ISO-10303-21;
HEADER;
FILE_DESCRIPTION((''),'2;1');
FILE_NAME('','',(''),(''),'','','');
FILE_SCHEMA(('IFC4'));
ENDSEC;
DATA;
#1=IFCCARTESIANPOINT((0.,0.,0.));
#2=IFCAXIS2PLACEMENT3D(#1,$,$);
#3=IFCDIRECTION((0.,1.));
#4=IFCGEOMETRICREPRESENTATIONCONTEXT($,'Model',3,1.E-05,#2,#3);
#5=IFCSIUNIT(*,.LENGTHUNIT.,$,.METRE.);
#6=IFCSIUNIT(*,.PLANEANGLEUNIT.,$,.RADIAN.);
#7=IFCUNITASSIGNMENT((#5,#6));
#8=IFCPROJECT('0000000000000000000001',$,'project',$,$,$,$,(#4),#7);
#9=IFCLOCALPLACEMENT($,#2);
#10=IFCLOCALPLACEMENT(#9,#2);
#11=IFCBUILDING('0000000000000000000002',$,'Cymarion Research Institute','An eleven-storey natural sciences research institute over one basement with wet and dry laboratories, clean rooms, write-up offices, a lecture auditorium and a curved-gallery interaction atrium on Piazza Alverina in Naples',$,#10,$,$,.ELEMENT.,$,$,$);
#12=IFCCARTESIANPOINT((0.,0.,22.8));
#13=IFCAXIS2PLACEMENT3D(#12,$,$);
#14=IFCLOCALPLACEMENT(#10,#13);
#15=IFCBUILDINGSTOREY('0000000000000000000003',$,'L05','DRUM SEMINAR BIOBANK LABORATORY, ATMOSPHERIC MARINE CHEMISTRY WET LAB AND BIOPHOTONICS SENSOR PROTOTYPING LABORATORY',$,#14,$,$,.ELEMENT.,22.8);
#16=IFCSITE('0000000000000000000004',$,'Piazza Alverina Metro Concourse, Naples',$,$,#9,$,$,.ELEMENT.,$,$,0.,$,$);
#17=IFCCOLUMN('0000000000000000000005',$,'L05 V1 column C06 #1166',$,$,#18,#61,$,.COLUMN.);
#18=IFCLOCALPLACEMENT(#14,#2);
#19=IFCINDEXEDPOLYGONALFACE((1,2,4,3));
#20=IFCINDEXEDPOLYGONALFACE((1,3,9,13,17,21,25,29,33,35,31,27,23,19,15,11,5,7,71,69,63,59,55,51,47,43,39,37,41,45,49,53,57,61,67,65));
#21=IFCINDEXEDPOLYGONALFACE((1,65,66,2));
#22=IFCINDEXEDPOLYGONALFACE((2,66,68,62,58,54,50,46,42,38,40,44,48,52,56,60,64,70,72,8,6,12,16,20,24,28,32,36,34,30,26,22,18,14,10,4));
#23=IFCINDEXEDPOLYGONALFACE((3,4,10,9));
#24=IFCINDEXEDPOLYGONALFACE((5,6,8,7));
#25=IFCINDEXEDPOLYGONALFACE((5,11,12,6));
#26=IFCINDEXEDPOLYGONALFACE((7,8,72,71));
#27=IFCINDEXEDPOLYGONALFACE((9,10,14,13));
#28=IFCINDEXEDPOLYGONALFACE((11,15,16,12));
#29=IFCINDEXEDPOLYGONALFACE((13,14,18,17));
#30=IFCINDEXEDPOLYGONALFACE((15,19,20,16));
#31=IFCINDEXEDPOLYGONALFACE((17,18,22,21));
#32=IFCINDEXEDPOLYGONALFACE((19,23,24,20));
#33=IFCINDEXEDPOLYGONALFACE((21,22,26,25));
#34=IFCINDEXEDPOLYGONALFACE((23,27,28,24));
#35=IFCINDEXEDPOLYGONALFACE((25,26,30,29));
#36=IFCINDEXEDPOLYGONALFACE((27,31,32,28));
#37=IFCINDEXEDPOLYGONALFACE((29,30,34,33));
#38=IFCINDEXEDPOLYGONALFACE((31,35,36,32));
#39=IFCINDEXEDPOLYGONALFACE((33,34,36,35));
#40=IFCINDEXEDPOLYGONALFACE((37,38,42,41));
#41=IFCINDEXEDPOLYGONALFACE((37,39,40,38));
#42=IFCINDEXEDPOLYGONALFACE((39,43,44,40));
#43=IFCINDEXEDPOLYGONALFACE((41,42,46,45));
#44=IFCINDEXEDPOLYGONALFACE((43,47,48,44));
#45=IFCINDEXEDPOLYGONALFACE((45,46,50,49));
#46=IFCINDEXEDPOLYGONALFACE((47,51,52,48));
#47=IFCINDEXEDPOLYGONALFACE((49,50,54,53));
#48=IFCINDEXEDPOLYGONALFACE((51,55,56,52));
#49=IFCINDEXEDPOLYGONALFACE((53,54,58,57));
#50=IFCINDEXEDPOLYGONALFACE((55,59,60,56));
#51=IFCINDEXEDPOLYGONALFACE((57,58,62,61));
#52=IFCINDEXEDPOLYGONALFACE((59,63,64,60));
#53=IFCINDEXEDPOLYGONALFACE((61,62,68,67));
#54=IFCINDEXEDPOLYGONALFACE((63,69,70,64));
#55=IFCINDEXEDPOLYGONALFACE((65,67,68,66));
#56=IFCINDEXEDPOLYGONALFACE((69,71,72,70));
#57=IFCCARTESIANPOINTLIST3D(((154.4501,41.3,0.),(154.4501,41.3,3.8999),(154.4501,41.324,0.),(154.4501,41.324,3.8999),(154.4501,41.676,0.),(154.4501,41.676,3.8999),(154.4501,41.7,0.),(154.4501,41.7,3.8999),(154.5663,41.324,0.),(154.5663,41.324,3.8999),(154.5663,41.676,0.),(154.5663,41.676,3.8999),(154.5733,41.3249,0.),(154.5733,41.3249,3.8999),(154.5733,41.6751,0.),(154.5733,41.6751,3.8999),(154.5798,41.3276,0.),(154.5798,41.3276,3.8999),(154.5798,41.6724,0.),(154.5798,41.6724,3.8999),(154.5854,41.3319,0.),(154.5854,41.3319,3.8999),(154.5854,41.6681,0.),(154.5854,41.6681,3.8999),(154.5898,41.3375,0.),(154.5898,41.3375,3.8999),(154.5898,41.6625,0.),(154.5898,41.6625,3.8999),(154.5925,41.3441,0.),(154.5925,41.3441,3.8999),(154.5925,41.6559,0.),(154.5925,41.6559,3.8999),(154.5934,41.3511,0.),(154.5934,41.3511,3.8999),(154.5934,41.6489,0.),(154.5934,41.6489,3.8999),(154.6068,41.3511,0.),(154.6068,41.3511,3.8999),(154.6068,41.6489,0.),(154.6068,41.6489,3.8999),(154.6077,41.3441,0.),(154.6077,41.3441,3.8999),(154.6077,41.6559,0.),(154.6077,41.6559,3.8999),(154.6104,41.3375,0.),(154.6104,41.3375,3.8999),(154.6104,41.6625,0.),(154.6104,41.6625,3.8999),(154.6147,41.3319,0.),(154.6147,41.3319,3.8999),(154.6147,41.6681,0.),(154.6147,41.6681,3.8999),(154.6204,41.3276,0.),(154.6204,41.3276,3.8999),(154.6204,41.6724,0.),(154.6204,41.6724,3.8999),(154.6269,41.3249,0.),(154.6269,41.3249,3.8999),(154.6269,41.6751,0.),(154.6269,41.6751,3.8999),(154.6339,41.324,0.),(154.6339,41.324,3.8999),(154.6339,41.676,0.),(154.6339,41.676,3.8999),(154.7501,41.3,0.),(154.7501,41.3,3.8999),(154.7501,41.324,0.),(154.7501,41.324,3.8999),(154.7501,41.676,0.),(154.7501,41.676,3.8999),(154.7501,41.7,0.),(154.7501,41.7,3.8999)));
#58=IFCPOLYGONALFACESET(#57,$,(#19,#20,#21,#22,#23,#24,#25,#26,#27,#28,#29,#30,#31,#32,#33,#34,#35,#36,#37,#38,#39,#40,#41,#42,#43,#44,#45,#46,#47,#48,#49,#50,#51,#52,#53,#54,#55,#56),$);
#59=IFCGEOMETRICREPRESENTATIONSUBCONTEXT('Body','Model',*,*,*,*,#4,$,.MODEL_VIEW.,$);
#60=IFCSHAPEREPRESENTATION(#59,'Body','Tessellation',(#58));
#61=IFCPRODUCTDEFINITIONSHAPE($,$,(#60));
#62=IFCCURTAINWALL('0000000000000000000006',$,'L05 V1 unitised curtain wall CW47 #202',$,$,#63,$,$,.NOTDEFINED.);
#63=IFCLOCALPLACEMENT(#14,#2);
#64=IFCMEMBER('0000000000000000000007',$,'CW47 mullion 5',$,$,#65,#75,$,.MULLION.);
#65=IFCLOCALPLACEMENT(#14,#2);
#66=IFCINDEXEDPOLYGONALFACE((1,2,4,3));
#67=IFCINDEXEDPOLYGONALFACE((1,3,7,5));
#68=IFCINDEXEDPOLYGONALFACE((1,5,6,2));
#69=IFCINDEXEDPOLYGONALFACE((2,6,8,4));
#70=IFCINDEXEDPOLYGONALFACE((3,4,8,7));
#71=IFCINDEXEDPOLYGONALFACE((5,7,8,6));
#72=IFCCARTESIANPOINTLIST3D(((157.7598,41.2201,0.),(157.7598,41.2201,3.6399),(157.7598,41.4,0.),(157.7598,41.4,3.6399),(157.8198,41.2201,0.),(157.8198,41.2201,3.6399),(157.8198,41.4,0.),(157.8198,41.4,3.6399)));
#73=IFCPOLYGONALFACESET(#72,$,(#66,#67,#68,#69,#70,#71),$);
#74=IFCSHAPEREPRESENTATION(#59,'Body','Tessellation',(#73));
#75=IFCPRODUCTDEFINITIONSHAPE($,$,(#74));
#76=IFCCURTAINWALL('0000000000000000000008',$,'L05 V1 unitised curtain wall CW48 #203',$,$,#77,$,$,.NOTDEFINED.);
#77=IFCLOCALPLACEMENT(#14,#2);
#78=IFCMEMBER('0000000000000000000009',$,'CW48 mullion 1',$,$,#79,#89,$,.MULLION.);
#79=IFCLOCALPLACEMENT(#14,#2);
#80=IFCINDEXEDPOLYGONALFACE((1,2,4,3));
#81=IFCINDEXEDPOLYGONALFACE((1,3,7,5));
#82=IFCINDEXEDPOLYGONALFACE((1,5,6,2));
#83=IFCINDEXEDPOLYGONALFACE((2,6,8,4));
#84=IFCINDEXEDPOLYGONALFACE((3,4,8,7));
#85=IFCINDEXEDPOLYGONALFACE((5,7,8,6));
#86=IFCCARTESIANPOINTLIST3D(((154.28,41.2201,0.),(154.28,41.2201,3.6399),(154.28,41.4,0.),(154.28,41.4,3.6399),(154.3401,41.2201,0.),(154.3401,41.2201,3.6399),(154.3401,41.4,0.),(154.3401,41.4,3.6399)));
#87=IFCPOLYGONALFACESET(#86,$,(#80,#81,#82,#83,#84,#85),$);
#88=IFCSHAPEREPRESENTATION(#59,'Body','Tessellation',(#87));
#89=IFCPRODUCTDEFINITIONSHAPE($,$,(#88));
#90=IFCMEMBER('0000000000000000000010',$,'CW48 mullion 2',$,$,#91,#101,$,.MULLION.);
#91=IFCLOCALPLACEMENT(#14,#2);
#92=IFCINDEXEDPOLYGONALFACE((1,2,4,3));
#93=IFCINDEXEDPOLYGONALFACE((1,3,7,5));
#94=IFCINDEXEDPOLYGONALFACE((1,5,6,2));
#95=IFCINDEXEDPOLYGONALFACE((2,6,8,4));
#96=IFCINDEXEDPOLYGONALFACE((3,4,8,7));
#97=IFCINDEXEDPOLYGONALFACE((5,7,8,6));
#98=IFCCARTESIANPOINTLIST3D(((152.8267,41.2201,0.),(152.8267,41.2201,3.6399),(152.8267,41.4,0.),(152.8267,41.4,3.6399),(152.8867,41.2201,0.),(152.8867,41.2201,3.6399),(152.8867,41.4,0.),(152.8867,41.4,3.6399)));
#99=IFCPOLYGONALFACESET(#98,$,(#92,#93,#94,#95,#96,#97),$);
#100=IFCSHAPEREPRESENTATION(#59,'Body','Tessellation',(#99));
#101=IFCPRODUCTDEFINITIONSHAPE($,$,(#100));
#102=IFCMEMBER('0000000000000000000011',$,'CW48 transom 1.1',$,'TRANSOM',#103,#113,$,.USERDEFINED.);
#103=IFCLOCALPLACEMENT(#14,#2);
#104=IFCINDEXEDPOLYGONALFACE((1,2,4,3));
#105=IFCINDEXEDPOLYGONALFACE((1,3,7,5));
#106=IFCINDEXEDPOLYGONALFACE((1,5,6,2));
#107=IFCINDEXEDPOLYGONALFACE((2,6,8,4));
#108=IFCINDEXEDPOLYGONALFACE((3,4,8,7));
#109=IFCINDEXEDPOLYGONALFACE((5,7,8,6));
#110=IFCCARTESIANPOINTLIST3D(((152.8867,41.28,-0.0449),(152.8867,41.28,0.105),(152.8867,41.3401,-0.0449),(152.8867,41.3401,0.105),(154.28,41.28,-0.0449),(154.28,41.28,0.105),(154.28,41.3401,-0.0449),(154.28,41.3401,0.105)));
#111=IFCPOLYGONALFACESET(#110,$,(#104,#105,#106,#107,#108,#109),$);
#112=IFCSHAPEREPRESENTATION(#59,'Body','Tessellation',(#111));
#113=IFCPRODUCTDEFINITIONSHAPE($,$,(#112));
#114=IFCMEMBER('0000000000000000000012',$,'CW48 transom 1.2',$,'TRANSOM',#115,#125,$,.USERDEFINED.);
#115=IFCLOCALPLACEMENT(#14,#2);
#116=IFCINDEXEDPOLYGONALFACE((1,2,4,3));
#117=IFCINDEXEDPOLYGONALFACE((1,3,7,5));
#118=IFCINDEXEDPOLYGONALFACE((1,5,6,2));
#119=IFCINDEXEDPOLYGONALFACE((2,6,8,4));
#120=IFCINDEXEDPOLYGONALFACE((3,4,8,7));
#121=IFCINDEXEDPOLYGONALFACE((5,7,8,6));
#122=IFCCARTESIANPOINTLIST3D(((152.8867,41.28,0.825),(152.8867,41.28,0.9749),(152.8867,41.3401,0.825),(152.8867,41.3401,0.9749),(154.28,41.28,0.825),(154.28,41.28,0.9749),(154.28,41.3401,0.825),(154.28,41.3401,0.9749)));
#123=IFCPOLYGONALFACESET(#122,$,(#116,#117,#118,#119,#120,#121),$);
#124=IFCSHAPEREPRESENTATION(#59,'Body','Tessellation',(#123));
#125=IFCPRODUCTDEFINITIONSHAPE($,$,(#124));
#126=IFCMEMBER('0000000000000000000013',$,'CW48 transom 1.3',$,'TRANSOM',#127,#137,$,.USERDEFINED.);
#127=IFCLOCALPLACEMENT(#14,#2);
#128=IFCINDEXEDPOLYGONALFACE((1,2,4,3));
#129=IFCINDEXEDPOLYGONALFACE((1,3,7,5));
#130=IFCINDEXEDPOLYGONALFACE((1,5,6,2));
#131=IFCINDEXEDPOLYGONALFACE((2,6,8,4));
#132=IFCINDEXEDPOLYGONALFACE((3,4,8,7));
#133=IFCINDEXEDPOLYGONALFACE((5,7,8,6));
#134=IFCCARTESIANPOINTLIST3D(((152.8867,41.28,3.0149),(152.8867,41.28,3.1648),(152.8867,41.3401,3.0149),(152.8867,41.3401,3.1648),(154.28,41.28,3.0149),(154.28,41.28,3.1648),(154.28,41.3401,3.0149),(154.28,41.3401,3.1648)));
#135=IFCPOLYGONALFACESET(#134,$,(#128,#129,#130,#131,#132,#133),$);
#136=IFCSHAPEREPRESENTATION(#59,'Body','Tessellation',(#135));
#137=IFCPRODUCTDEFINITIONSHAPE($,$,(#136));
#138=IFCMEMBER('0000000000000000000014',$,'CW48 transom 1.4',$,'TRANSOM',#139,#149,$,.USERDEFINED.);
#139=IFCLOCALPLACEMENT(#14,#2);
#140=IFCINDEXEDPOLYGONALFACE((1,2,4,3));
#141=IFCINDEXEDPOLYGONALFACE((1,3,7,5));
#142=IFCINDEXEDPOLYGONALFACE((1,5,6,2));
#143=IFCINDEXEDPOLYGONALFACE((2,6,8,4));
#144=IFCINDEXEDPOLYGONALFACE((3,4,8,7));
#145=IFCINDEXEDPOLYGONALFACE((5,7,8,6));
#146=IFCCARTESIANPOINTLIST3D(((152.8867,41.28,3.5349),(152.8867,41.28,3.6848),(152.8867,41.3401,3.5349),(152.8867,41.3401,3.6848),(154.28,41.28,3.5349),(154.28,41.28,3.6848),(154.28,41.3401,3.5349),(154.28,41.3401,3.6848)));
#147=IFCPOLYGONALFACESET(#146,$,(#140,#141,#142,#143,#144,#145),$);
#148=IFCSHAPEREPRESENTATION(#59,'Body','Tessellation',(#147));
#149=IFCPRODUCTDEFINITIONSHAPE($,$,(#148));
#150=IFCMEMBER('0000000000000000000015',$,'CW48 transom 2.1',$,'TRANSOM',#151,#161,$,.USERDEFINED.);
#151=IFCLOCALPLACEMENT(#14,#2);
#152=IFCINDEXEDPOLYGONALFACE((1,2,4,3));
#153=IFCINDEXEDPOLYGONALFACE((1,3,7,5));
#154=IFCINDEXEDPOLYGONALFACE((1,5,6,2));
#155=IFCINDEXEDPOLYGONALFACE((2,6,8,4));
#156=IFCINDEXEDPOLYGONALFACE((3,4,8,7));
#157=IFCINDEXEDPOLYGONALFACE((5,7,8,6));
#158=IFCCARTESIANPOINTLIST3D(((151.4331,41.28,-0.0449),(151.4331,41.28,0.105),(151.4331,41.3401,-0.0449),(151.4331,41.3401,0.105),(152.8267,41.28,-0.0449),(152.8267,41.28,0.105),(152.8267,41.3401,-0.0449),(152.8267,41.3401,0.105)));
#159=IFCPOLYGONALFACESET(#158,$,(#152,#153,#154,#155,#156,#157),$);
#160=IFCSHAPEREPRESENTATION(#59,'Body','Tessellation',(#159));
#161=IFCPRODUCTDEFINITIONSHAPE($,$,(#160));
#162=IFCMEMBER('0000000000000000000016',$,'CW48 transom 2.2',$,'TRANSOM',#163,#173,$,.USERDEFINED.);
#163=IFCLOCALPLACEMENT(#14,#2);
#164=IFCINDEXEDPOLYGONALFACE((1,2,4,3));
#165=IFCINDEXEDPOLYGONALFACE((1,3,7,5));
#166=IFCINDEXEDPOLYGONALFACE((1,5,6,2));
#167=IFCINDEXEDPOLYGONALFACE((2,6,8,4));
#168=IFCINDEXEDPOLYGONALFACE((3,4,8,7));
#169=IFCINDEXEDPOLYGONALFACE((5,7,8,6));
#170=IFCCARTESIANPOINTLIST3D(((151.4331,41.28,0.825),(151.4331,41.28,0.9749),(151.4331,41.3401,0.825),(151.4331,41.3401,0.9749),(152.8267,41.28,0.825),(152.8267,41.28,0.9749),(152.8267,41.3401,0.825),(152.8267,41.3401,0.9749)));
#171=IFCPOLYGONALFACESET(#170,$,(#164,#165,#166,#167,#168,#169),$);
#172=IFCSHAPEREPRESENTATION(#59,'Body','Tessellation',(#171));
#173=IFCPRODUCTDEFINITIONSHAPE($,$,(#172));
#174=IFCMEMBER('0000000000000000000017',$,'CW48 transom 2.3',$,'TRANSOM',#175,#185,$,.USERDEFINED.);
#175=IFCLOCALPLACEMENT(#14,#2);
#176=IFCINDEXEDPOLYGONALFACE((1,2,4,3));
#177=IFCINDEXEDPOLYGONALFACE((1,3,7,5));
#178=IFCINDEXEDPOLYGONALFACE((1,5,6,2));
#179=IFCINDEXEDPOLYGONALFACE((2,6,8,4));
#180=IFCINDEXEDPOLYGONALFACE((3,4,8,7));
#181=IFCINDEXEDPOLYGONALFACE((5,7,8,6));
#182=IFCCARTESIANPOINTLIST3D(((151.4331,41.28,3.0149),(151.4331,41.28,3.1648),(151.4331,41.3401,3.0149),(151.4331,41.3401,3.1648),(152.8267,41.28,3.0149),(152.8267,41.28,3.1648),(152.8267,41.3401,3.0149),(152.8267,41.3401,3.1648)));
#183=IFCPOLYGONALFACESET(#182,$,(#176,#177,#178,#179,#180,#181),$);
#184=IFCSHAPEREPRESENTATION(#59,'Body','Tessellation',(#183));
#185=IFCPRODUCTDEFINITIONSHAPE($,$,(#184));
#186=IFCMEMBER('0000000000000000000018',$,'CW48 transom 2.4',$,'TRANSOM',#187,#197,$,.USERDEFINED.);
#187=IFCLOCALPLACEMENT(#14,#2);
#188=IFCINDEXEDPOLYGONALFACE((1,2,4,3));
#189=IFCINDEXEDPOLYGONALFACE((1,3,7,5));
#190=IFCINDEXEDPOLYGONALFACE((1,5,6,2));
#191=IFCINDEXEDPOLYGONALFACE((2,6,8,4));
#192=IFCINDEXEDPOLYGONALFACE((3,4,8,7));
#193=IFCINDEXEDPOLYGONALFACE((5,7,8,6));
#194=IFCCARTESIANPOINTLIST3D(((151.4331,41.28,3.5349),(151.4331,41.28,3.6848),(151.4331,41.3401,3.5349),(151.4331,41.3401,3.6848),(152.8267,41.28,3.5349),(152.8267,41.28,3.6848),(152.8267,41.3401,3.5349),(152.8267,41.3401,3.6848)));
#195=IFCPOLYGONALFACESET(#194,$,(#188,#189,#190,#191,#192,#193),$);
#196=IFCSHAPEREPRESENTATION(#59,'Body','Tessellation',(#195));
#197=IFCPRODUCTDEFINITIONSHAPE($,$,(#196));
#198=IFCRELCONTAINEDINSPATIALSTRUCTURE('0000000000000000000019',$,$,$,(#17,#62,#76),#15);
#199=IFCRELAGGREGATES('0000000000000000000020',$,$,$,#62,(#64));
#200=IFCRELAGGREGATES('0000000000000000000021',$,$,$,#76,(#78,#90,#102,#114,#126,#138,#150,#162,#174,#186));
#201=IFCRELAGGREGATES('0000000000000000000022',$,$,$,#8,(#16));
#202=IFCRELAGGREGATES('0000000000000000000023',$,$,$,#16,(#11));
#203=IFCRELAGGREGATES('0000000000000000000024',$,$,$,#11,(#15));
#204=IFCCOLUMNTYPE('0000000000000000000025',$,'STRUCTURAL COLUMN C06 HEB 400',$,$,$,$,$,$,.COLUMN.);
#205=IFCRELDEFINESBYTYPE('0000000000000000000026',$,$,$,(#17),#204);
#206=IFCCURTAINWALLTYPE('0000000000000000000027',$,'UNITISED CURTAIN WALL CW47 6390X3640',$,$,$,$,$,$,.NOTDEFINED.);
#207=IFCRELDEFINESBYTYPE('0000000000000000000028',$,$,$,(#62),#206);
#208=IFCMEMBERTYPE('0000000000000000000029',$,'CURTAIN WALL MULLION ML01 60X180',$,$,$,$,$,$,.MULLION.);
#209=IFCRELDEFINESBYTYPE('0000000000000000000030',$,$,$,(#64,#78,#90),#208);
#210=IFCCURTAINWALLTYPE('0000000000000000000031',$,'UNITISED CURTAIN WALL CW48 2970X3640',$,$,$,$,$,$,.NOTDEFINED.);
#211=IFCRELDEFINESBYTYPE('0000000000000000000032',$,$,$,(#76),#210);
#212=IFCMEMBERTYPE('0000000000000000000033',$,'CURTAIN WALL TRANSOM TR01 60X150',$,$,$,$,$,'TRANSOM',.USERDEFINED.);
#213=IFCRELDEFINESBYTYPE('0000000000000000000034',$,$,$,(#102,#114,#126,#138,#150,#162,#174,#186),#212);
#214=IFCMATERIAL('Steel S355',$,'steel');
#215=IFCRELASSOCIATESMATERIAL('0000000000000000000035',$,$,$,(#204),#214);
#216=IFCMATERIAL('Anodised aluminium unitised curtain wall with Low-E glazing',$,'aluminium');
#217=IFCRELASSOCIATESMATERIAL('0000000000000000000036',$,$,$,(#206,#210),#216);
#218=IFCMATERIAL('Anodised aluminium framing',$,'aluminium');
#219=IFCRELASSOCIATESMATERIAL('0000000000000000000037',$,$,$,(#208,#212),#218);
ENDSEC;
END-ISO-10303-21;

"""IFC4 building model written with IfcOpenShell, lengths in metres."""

from ifc_helpers import new_model, si_unit, direction, frame, origin, origin_2d, place, context, subcontext, project, spatial, rectangle, i_section, extrude, material, material_profile, profile_set, type_object, element, aggregate, save


model = new_model("IFC4")

# Units and contexts
model_context = context("Model", 3, precision=1e-05, world=origin(), true_north=direction((0.0, 1.0)))
body_context = subcontext(model_context, "Body", "Model", "MODEL_VIEW")
ifc_project = project(units=[si_unit("LENGTHUNIT", "METRE"), si_unit("PLANEANGLEUNIT", "RADIAN")], contexts=[model_context])

# Site, building, storey
site_placement = place(None, origin())
site = spatial("IfcSite", under=ifc_project, at=site_placement, Name="Piazza Alverina Metro Concourse, Naples", CompositionType="ELEMENT", RefElevation=0.0)
building_placement = place(site_placement, origin())
building = spatial("IfcBuilding", under=site, at=building_placement, Name="Cymarion Research Institute", Description="An eleven-storey natural sciences research institute over one basement with wet and dry laboratories, clean rooms, write-up offices, a lecture auditorium and a curved-gallery interaction atrium on Piazza Alverina in Naples", CompositionType="ELEMENT")
storey_placement = place(building_placement, frame((0.0, 0.0, 22.8)))
storey = spatial("IfcBuildingStorey", under=building, at=storey_placement, Name="L05", Description="DRUM SEMINAR BIOBANK LABORATORY, ATMOSPHERIC MARINE CHEMISTRY WET LAB AND BIOPHOTONICS SENSOR PROTOTYPING LABORATORY", CompositionType="ELEMENT", Elevation=22.8)

# Column
ifc_material_1 = material(Name="Steel S355", Category="steel")
ifc_material_profile_1 = material_profile(ifc_material_1, i_section(OverallWidth=0.3, OverallDepth=0.3999, WebThickness=0.0134, FlangeThickness=0.0239, FilletRadius=0.0271, at=origin_2d()), Name="HEB 400")
ifc_profile_set_1 = profile_set([ifc_material_profile_1], Name="Steel S355")
column_type = type_object("IfcColumnType", Name="STRUCTURAL COLUMN C06 HEB 400", PredefinedType="COLUMN", material=ifc_profile_set_1)
column_placement = place(storey_placement, frame((154.6001, 41.5, 0.0), z_axis=(0.0, 0.0, 1.0), x_axis=(1.0, 0.0, 0.0)))
element("IfcColumn", 1, at=column_placement, inside=storey, type_object=column_type, Name="L05 V1 column C06 #1166", PredefinedType="COLUMN", context=body_context, shape_type="SweptSolid", body=[
    extrude(i_section(OverallWidth=0.3, OverallDepth=0.3999, WebThickness=0.0134, FlangeThickness=0.0239, FilletRadius=0.0271, at=origin_2d()), origin(), (0.0, 0.0, 1.0), 3.8999),
])

# Curtain wall, member
ifc_material_2 = material(Name="Anodised aluminium unitised curtain wall with Low-E glazing", Category="aluminium")
curtain_wall_type_1 = type_object("IfcCurtainWallType", Name="UNITISED CURTAIN WALL CW47 6390X3640", PredefinedType="NOTDEFINED", material=ifc_material_2)
curtain_wall_1_placement = place(storey_placement, origin())
curtain_wall_1 = element("IfcCurtainWall", 2, at=curtain_wall_1_placement, inside=storey, type_object=curtain_wall_type_1, Name="L05 V1 unitised curtain wall CW47 #202", PredefinedType="NOTDEFINED")
ifc_material_3 = material(Name="Anodised aluminium framing", Category="aluminium")
ifc_material_profile_2 = material_profile(ifc_material_3, rectangle(XDim=0.0601, YDim=0.1799, at=origin_2d()), Name="ALU MULLION 60x180")
ifc_profile_set_2 = profile_set([ifc_material_profile_2], Name="Anodised aluminium framing")
member_type_1 = type_object("IfcMemberType", Name="CURTAIN WALL MULLION ML01 60X180", PredefinedType="MULLION", material=ifc_profile_set_2)
member_1_placement = place(storey_placement, frame((157.7898, 41.3101, 0.0), z_axis=(0.0, 0.0, 1.0), x_axis=(-1.0, 0.0, 0.0)))
member_1 = element("IfcMember", 3, at=member_1_placement, type_object=member_type_1, Name="CW47 mullion 5", PredefinedType="MULLION", context=body_context, shape_type="SweptSolid", body=[
    extrude(rectangle(XDim=0.0601, YDim=0.1799, at=origin_2d()), origin(), (0.0, 0.0, 1.0), 3.6399),
])
aggregate(curtain_wall_1, [member_1])

# Curtain wall, members
curtain_wall_type_2 = type_object("IfcCurtainWallType", Name="UNITISED CURTAIN WALL CW48 2970X3640", PredefinedType="NOTDEFINED", material=ifc_material_2)
curtain_wall_2_placement = place(storey_placement, origin())
curtain_wall_2 = element("IfcCurtainWall", 4, at=curtain_wall_2_placement, inside=storey, type_object=curtain_wall_type_2, Name="L05 V1 unitised curtain wall CW48 #203", PredefinedType="NOTDEFINED")
member_2_placement = place(storey_placement, frame((154.3101, 41.3101, 0.0), z_axis=(0.0, 0.0, 1.0), x_axis=(-1.0, 0.0, 0.0)))
member_2 = element("IfcMember", 5, at=member_2_placement, type_object=member_type_1, Name="CW48 mullion 1", PredefinedType="MULLION", context=body_context, shape_type="SweptSolid", body=[
    extrude(rectangle(XDim=0.0601, YDim=0.1799, at=origin_2d()), origin(), (0.0, 0.0, 1.0), 3.6399),
])
member_3_placement = place(storey_placement, frame((152.8567, 41.3101, 0.0), z_axis=(0.0, 0.0, 1.0), x_axis=(-1.0, 0.0, 0.0)))
member_3 = element("IfcMember", 6, at=member_3_placement, type_object=member_type_1, Name="CW48 mullion 2", PredefinedType="MULLION", context=body_context, shape_type="SweptSolid", body=[
    extrude(rectangle(XDim=0.0601, YDim=0.1799, at=origin_2d()), origin(), (0.0, 0.0, 1.0), 3.6399),
])
ifc_material_profile_3 = material_profile(ifc_material_3, rectangle(XDim=0.0601, YDim=0.1499, at=origin_2d()), Name="ALU TRANSOM 60x150")
ifc_profile_set_3 = profile_set([ifc_material_profile_3], Name="Anodised aluminium framing")
member_type_2 = type_object("IfcMemberType", Name="CURTAIN WALL TRANSOM TR01 60X150", ElementType="TRANSOM", PredefinedType="USERDEFINED", material=ifc_profile_set_3)
member_4_placement = place(storey_placement, frame((154.28, 41.3101, 0.03), z_axis=(-1.0, 0.0, 0.0), x_axis=(0.0, -1.0, 0.0)))
member_4 = element("IfcMember", 7, at=member_4_placement, type_object=member_type_2, Name="CW48 transom 1.1", ObjectType="TRANSOM", PredefinedType="USERDEFINED", context=body_context, shape_type="SweptSolid", body=[
    extrude(rectangle(XDim=0.0601, YDim=0.1499, at=origin_2d()), origin(), (0.0, 0.0, 1.0), 1.3933),
])
member_5_placement = place(storey_placement, frame((154.28, 41.3101, 0.8999), z_axis=(-1.0, 0.0, 0.0), x_axis=(0.0, -1.0, 0.0)))
member_5 = element("IfcMember", 8, at=member_5_placement, type_object=member_type_2, Name="CW48 transom 1.2", ObjectType="TRANSOM", PredefinedType="USERDEFINED", context=body_context, shape_type="SweptSolid", body=[
    extrude(rectangle(XDim=0.0601, YDim=0.1499, at=origin_2d()), origin(), (0.0, 0.0, 1.0), 1.3933),
])
member_6_placement = place(storey_placement, frame((154.28, 41.3101, 3.0898), z_axis=(-1.0, 0.0, 0.0), x_axis=(0.0, -1.0, 0.0)))
member_6 = element("IfcMember", 9, at=member_6_placement, type_object=member_type_2, Name="CW48 transom 1.3", ObjectType="TRANSOM", PredefinedType="USERDEFINED", context=body_context, shape_type="SweptSolid", body=[
    extrude(rectangle(XDim=0.0601, YDim=0.1499, at=origin_2d()), origin(), (0.0, 0.0, 1.0), 1.3933),
])
member_7_placement = place(storey_placement, frame((154.28, 41.3101, 3.6099), z_axis=(-1.0, 0.0, 0.0), x_axis=(0.0, -1.0, 0.0)))
member_7 = element("IfcMember", 10, at=member_7_placement, type_object=member_type_2, Name="CW48 transom 1.4", ObjectType="TRANSOM", PredefinedType="USERDEFINED", context=body_context, shape_type="SweptSolid", body=[
    extrude(rectangle(XDim=0.0601, YDim=0.1499, at=origin_2d()), origin(), (0.0, 0.0, 1.0), 1.3933),
])
member_8_placement = place(storey_placement, frame((152.8267, 41.3101, 0.03), z_axis=(-1.0, 0.0, 0.0), x_axis=(0.0, -1.0, 0.0)))
member_8 = element("IfcMember", 11, at=member_8_placement, type_object=member_type_2, Name="CW48 transom 2.1", ObjectType="TRANSOM", PredefinedType="USERDEFINED", context=body_context, shape_type="SweptSolid", body=[
    extrude(rectangle(XDim=0.0601, YDim=0.1499, at=origin_2d()), origin(), (0.0, 0.0, 1.0), 1.3936),
])
member_9_placement = place(storey_placement, frame((152.8267, 41.3101, 0.8999), z_axis=(-1.0, 0.0, 0.0), x_axis=(0.0, -1.0, 0.0)))
member_9 = element("IfcMember", 12, at=member_9_placement, type_object=member_type_2, Name="CW48 transom 2.2", ObjectType="TRANSOM", PredefinedType="USERDEFINED", context=body_context, shape_type="SweptSolid", body=[
    extrude(rectangle(XDim=0.0601, YDim=0.1499, at=origin_2d()), origin(), (0.0, 0.0, 1.0), 1.3936),
])
member_10_placement = place(storey_placement, frame((152.8267, 41.3101, 3.0898), z_axis=(-1.0, 0.0, 0.0), x_axis=(0.0, -1.0, 0.0)))
member_10 = element("IfcMember", 13, at=member_10_placement, type_object=member_type_2, Name="CW48 transom 2.3", ObjectType="TRANSOM", PredefinedType="USERDEFINED", context=body_context, shape_type="SweptSolid", body=[
    extrude(rectangle(XDim=0.0601, YDim=0.1499, at=origin_2d()), origin(), (0.0, 0.0, 1.0), 1.3936),
])
member_11_placement = place(storey_placement, frame((152.8267, 41.3101, 3.6099), z_axis=(-1.0, 0.0, 0.0), x_axis=(0.0, -1.0, 0.0)))
member_11 = element("IfcMember", 14, at=member_11_placement, type_object=member_type_2, Name="CW48 transom 2.4", ObjectType="TRANSOM", PredefinedType="USERDEFINED", context=body_context, shape_type="SweptSolid", body=[
    extrude(rectangle(XDim=0.0601, YDim=0.1499, at=origin_2d()), origin(), (0.0, 0.0, 1.0), 1.3936),
])
aggregate(curtain_wall_2, [member_2, member_3, member_4, member_5, member_6, member_7, member_8, member_9, member_10, member_11])

save(model, "model.ifc")
